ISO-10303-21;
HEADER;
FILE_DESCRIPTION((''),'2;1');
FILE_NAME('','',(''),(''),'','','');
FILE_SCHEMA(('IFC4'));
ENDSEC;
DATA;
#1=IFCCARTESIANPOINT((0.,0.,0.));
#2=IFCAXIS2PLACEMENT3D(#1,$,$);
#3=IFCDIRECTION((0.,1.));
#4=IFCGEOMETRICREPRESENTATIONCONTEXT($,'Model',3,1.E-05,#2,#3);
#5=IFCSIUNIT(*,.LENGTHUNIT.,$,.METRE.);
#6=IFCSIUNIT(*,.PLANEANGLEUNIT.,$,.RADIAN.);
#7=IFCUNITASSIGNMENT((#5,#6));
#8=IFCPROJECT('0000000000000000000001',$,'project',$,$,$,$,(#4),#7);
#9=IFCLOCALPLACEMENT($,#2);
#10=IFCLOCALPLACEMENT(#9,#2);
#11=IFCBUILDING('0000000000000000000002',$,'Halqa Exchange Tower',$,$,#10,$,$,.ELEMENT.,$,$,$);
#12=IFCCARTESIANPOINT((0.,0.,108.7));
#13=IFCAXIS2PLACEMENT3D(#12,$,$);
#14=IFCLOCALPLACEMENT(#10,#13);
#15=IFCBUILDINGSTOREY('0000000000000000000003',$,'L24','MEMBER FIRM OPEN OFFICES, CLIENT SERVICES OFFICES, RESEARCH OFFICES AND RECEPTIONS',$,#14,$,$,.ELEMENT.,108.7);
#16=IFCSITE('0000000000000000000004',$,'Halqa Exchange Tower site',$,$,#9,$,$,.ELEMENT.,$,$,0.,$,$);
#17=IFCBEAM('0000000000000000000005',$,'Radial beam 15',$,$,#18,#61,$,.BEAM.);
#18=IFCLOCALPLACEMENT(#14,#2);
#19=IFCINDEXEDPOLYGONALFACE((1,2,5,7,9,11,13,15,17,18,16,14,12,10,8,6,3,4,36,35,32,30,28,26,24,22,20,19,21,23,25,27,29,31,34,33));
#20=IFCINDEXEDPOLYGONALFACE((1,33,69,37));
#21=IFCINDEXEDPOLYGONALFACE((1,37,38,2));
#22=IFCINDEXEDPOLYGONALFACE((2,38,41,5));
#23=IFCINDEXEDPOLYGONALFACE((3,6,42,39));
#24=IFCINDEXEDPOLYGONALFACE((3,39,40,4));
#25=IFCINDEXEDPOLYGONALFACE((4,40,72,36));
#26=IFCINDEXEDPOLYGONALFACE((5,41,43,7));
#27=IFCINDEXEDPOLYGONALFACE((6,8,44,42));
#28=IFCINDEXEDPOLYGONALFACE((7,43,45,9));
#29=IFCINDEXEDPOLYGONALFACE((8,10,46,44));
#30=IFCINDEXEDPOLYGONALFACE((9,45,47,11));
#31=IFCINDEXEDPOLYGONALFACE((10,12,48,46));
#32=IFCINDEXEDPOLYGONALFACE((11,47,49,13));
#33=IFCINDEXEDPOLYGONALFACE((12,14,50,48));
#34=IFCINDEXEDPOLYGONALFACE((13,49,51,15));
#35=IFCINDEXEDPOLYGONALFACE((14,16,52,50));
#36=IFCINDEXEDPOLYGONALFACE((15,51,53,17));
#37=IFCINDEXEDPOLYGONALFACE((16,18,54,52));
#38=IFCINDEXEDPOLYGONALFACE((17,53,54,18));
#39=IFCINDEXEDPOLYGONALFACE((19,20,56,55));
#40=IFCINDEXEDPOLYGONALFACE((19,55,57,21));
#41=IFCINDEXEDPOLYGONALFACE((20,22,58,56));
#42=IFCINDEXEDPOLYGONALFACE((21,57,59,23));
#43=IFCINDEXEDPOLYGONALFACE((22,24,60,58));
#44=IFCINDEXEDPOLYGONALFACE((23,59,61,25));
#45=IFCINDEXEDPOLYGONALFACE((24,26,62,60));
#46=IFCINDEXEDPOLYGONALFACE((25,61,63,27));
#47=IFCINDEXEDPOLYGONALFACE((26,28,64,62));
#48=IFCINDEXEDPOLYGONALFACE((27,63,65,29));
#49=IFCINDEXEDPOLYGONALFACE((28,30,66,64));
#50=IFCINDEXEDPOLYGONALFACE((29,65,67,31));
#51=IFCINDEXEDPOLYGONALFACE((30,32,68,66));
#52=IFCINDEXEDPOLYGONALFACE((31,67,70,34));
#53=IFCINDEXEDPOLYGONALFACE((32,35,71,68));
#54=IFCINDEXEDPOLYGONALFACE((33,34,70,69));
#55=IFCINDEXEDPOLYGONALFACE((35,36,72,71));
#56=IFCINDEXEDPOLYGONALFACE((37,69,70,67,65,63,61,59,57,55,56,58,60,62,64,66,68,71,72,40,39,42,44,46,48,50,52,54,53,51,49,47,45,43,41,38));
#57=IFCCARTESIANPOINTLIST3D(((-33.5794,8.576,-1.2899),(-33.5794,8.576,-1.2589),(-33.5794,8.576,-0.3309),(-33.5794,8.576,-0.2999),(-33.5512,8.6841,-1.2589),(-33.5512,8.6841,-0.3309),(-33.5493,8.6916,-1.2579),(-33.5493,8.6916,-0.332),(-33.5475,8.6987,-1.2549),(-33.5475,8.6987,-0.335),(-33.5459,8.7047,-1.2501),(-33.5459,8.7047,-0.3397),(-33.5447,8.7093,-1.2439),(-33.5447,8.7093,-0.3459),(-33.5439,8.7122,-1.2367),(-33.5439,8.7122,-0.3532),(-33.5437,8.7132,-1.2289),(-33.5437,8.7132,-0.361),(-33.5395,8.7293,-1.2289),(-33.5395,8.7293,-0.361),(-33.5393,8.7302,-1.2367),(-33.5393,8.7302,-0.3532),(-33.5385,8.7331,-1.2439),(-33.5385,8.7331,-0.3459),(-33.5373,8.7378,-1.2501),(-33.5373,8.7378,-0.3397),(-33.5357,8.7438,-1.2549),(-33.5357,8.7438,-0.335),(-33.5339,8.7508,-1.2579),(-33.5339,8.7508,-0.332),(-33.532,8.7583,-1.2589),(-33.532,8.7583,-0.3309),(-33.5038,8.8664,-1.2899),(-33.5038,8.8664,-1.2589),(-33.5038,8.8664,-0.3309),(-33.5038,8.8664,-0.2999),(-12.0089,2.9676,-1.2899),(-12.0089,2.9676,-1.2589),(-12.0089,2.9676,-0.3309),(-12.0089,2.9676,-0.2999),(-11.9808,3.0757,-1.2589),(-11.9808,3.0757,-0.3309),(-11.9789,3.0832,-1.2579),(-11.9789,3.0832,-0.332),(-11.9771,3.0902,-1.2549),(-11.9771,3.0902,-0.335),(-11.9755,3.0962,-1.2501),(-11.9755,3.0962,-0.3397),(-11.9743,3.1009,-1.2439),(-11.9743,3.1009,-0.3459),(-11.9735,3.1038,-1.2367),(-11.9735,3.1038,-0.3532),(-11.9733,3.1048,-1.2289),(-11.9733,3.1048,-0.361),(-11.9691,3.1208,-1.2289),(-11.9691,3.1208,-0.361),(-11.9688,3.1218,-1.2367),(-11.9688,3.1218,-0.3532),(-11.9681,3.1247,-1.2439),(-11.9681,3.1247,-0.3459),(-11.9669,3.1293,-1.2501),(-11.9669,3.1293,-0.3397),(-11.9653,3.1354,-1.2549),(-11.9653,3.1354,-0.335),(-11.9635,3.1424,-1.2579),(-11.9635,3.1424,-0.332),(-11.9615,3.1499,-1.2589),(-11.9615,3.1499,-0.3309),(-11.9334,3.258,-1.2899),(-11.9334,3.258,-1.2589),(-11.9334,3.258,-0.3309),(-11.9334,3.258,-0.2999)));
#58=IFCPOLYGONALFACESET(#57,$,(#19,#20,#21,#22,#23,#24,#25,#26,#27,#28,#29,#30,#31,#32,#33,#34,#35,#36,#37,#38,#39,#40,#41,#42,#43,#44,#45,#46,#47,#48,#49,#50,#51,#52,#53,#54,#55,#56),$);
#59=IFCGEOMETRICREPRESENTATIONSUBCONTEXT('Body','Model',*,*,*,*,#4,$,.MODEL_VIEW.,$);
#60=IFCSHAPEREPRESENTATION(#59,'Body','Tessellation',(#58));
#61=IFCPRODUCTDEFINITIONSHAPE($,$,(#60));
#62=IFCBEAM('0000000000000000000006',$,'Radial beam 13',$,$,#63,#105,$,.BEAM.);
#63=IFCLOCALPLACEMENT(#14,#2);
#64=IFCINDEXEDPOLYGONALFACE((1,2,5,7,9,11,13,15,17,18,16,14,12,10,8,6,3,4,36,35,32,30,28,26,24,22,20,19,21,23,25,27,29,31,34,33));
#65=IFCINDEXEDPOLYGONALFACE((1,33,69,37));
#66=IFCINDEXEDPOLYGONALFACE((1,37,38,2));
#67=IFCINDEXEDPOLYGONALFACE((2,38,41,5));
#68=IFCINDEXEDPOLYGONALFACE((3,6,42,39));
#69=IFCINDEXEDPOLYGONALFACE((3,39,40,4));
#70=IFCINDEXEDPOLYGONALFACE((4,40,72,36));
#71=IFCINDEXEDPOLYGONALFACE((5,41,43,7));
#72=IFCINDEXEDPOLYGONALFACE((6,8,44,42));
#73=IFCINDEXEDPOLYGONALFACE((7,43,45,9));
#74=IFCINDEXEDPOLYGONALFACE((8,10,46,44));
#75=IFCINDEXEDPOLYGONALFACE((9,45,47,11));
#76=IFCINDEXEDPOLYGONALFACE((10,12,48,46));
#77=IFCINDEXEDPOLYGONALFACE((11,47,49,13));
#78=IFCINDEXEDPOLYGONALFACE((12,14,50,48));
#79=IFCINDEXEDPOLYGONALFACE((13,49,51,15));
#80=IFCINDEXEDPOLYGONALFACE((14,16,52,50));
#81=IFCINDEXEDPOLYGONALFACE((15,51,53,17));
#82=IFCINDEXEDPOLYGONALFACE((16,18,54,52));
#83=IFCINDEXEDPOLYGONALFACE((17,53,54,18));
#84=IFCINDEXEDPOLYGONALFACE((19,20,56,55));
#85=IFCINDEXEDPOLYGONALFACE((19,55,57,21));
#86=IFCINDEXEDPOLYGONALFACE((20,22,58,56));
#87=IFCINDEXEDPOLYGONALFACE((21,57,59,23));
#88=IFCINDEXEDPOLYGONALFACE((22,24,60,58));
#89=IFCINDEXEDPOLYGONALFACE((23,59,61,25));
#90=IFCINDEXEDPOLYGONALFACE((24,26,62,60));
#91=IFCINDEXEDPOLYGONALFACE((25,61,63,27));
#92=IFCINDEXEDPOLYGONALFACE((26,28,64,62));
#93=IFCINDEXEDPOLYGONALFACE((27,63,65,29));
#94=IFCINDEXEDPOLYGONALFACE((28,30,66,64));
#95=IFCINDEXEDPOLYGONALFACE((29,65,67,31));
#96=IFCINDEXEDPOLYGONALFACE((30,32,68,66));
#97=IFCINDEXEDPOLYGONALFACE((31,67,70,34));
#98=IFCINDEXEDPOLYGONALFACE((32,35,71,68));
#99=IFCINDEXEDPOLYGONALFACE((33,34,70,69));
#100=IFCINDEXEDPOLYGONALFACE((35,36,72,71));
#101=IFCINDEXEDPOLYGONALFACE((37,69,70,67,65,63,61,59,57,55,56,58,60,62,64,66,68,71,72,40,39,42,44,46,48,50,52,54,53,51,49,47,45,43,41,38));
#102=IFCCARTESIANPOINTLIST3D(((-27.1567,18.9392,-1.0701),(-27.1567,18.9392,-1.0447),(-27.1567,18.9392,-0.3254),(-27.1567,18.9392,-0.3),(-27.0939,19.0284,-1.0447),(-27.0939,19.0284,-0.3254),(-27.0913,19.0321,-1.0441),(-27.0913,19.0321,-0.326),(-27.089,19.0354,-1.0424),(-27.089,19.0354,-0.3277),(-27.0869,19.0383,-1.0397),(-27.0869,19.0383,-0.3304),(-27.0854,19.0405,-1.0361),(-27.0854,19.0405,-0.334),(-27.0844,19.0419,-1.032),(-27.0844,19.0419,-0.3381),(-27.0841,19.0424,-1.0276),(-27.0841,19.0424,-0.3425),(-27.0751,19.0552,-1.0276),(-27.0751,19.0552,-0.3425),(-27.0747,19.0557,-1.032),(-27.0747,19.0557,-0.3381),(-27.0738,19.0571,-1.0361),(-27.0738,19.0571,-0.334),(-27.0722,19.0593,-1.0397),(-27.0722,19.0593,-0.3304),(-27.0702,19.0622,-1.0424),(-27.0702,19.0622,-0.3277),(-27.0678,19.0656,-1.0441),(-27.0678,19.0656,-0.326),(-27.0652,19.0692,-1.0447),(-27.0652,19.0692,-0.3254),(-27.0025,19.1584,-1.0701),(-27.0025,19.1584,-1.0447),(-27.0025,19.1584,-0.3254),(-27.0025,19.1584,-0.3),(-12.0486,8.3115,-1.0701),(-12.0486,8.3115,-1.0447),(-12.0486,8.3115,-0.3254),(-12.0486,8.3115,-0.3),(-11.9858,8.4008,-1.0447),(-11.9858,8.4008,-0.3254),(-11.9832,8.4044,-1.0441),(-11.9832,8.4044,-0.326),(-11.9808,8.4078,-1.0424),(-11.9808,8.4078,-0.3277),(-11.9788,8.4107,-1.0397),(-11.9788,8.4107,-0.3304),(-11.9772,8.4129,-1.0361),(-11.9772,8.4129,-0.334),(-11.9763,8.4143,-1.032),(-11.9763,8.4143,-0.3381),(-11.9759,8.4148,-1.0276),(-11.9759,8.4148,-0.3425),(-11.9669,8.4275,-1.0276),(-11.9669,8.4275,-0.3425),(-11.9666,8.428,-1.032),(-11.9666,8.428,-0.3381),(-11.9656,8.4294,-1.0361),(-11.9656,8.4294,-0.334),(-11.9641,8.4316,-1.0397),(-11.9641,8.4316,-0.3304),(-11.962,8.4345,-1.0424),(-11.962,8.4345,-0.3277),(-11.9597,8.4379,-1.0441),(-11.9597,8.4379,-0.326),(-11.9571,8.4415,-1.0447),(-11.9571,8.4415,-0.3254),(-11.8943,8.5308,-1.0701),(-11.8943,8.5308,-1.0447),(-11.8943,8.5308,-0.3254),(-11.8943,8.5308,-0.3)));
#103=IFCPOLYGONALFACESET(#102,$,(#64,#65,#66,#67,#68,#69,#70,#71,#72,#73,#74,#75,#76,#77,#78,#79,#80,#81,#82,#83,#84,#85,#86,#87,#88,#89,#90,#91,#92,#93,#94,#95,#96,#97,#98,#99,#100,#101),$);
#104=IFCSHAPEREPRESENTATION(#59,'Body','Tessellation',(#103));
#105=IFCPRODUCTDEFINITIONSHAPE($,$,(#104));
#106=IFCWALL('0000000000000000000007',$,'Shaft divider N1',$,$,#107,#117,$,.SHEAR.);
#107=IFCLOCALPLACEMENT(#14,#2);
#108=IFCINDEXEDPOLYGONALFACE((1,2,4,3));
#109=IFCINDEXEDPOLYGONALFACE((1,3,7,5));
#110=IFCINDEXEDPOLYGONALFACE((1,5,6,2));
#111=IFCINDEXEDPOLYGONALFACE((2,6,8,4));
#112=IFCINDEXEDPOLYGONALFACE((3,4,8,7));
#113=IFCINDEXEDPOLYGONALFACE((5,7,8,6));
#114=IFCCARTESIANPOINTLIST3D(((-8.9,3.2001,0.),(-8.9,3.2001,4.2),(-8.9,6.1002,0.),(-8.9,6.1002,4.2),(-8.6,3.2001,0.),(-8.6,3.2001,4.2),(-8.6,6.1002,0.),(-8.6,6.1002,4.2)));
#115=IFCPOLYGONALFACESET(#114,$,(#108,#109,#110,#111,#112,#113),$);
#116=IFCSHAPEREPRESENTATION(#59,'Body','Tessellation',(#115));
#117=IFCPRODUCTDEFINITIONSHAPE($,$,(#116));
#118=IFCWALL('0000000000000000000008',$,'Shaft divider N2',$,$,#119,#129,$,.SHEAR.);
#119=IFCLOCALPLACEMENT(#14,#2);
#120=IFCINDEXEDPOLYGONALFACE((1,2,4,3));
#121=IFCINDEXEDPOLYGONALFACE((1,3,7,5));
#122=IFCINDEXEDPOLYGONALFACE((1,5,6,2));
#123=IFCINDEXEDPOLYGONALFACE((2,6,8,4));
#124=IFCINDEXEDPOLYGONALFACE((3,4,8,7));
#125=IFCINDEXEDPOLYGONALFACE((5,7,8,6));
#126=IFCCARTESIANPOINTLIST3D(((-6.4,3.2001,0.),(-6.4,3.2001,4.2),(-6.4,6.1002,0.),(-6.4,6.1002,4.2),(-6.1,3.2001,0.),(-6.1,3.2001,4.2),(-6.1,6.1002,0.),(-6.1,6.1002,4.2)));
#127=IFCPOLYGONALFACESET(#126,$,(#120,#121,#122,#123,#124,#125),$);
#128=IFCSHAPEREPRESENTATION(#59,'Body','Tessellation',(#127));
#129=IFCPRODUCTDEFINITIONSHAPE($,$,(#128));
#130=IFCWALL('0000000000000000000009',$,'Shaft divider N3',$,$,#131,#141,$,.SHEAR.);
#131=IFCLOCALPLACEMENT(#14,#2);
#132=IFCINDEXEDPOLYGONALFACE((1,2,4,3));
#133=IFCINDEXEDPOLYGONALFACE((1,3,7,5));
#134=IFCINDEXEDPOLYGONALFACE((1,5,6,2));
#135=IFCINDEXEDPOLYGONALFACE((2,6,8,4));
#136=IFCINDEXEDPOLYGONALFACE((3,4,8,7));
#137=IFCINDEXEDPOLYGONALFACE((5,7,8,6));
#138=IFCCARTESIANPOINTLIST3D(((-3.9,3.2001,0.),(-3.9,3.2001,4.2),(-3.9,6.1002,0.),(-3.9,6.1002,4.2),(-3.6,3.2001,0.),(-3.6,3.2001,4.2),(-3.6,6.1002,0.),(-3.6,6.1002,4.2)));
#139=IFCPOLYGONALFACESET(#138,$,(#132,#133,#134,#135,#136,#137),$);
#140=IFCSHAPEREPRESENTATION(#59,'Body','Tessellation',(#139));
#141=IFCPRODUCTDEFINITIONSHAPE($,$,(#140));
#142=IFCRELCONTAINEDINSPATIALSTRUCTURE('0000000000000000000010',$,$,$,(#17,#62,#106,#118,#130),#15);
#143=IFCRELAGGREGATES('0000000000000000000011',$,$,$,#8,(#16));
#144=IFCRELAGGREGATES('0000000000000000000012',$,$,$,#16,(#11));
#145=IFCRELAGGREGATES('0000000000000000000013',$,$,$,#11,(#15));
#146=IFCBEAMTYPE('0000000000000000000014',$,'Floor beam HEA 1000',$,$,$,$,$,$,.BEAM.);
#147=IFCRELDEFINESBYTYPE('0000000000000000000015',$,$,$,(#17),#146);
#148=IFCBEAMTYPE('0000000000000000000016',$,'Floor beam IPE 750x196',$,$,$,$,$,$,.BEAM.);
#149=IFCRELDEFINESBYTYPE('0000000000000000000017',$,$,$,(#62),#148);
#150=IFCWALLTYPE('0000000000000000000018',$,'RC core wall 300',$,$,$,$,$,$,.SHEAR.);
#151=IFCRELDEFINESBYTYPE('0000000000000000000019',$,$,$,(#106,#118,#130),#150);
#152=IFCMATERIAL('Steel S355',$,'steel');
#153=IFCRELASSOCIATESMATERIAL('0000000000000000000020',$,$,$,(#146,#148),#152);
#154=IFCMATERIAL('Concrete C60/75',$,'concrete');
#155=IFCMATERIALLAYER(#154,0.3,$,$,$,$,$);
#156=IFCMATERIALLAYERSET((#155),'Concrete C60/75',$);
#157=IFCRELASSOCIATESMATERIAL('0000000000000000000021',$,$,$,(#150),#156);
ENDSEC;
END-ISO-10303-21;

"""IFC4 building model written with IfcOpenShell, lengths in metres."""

from ifc_helpers import new_model, si_unit, direction, frame, frame_2d, origin, origin_2d, place, context, subcontext, project, spatial, rectangle, i_section, extrude, material, layer, layer_set, material_profile, profile_set, type_object, element, save


model = new_model("IFC4")

# Units and contexts
model_context = context("Model", 3, precision=1e-05, world=origin(), true_north=direction((0.0, 1.0)))
body_context = subcontext(model_context, "Body", "Model", "MODEL_VIEW")
ifc_project = project(units=[si_unit("LENGTHUNIT", "METRE"), si_unit("PLANEANGLEUNIT", "RADIAN")], contexts=[model_context])

# Site, building, storey
site_placement = place(None, origin())
site = spatial("IfcSite", under=ifc_project, at=site_placement, Name="Halqa Exchange Tower site", CompositionType="ELEMENT", RefElevation=0.0)
building_placement = place(site_placement, origin())
building = spatial("IfcBuilding", under=site, at=building_placement, Name="Halqa Exchange Tower", CompositionType="ELEMENT")
storey_placement = place(building_placement, frame((0.0, 0.0, 108.7)))
storey = spatial("IfcBuildingStorey", under=building, at=storey_placement, Name="L24", Description="MEMBER FIRM OPEN OFFICES, CLIENT SERVICES OFFICES, RESEARCH OFFICES AND RECEPTIONS", CompositionType="ELEMENT", Elevation=108.7)

# Beams
ifc_material_1 = material(Name="Steel S355", Category="steel")
ifc_material_profile_1 = material_profile(ifc_material_1, i_section(OverallWidth=0.3, OverallDepth=0.99, WebThickness=0.0166, FlangeThickness=0.031, FilletRadius=0.03, at=origin_2d()), Name="HEA 1000")
ifc_profile_set_1 = profile_set([ifc_material_profile_1], Name="Steel S355")
beam_type_1 = type_object("IfcBeamType", Name="Floor beam HEA 1000", PredefinedType="BEAM", material=ifc_profile_set_1)
beam_1_placement = place(storey_placement, frame((-11.9712, 3.1128, -0.7949), z_axis=(-0.967821, 0.251639, 0.0), x_axis=(-0.251639, -0.967821, 0.0)))
element("IfcBeam", 1, at=beam_1_placement, inside=storey, type_object=beam_type_1, Name="Radial beam 15", PredefinedType="BEAM", context=body_context, shape_type="SweptSolid", body=[
    extrude(i_section(OverallWidth=0.3, OverallDepth=0.99, WebThickness=0.0166, FlangeThickness=0.031, FilletRadius=0.03, at=origin_2d()), origin(), (0.0, 0.0, 1.0), 22.2876),
])
ifc_material_profile_2 = material_profile(ifc_material_1, i_section(OverallWidth=0.2681, OverallDepth=0.77, WebThickness=0.0156, FlangeThickness=0.0254, FilletRadius=0.0171, at=origin_2d()), Name="IPE 750x196")
ifc_profile_set_2 = profile_set([ifc_material_profile_2], Name="Steel S355")
beam_type_2 = type_object("IfcBeamType", Name="Floor beam IPE 750x196", PredefinedType="BEAM", material=ifc_profile_set_2)
beam_2_placement = place(storey_placement, frame((-11.9714, 8.4211, -0.6851), z_axis=(-0.817908, 0.575349, 0.0), x_axis=(-0.575349, -0.817908, 0.0)))
element("IfcBeam", 2, at=beam_2_placement, inside=storey, type_object=beam_type_2, Name="Radial beam 13", PredefinedType="BEAM", context=body_context, shape_type="SweptSolid", body=[
    extrude(i_section(OverallWidth=0.2681, OverallDepth=0.77, WebThickness=0.0156, FlangeThickness=0.0254, FilletRadius=0.0171, at=origin_2d()), origin(), (0.0, 0.0, 1.0), 18.4717),
])

# Walls
ifc_material_2 = material(Name="Concrete C60/75", Category="concrete")
ifc_layer_1 = layer(ifc_material_2, 0.3)
ifc_layer_set_1 = layer_set([ifc_layer_1], Name="Concrete C60/75")
wall_type_1 = type_object("IfcWallType", Name="RC core wall 300", PredefinedType="SHEAR", material=ifc_layer_set_1)
for number, where, z_axis, x_axis, name in (
    (3, (-8.75, 3.2, 0.0), (0.0, 0.0, 1.0), (0.0, 1.0, 0.0), "Shaft divider N1"),
    (4, (-6.25, 3.2, 0.0), (0.0, 0.0, 1.0), (0.0, 1.0, 0.0), "Shaft divider N2"),
    (5, (-3.75, 3.2, 0.0), (0.0, 0.0, 1.0), (0.0, 1.0, 0.0), "Shaft divider N3"),
):
    element("IfcWall", number, at=place(storey_placement, frame(where, z_axis=z_axis, x_axis=x_axis)), inside=storey, type_object=wall_type_1, Name=name, PredefinedType="SHEAR", context=body_context, shape_type="SweptSolid", body=[
        extrude(rectangle(XDim=2.9001, YDim=0.3, at=frame_2d((1.4502, 0.0))), origin(), (0.0, 0.0, 1.0), 4.2),
    ])

save(model, "model.ifc")
